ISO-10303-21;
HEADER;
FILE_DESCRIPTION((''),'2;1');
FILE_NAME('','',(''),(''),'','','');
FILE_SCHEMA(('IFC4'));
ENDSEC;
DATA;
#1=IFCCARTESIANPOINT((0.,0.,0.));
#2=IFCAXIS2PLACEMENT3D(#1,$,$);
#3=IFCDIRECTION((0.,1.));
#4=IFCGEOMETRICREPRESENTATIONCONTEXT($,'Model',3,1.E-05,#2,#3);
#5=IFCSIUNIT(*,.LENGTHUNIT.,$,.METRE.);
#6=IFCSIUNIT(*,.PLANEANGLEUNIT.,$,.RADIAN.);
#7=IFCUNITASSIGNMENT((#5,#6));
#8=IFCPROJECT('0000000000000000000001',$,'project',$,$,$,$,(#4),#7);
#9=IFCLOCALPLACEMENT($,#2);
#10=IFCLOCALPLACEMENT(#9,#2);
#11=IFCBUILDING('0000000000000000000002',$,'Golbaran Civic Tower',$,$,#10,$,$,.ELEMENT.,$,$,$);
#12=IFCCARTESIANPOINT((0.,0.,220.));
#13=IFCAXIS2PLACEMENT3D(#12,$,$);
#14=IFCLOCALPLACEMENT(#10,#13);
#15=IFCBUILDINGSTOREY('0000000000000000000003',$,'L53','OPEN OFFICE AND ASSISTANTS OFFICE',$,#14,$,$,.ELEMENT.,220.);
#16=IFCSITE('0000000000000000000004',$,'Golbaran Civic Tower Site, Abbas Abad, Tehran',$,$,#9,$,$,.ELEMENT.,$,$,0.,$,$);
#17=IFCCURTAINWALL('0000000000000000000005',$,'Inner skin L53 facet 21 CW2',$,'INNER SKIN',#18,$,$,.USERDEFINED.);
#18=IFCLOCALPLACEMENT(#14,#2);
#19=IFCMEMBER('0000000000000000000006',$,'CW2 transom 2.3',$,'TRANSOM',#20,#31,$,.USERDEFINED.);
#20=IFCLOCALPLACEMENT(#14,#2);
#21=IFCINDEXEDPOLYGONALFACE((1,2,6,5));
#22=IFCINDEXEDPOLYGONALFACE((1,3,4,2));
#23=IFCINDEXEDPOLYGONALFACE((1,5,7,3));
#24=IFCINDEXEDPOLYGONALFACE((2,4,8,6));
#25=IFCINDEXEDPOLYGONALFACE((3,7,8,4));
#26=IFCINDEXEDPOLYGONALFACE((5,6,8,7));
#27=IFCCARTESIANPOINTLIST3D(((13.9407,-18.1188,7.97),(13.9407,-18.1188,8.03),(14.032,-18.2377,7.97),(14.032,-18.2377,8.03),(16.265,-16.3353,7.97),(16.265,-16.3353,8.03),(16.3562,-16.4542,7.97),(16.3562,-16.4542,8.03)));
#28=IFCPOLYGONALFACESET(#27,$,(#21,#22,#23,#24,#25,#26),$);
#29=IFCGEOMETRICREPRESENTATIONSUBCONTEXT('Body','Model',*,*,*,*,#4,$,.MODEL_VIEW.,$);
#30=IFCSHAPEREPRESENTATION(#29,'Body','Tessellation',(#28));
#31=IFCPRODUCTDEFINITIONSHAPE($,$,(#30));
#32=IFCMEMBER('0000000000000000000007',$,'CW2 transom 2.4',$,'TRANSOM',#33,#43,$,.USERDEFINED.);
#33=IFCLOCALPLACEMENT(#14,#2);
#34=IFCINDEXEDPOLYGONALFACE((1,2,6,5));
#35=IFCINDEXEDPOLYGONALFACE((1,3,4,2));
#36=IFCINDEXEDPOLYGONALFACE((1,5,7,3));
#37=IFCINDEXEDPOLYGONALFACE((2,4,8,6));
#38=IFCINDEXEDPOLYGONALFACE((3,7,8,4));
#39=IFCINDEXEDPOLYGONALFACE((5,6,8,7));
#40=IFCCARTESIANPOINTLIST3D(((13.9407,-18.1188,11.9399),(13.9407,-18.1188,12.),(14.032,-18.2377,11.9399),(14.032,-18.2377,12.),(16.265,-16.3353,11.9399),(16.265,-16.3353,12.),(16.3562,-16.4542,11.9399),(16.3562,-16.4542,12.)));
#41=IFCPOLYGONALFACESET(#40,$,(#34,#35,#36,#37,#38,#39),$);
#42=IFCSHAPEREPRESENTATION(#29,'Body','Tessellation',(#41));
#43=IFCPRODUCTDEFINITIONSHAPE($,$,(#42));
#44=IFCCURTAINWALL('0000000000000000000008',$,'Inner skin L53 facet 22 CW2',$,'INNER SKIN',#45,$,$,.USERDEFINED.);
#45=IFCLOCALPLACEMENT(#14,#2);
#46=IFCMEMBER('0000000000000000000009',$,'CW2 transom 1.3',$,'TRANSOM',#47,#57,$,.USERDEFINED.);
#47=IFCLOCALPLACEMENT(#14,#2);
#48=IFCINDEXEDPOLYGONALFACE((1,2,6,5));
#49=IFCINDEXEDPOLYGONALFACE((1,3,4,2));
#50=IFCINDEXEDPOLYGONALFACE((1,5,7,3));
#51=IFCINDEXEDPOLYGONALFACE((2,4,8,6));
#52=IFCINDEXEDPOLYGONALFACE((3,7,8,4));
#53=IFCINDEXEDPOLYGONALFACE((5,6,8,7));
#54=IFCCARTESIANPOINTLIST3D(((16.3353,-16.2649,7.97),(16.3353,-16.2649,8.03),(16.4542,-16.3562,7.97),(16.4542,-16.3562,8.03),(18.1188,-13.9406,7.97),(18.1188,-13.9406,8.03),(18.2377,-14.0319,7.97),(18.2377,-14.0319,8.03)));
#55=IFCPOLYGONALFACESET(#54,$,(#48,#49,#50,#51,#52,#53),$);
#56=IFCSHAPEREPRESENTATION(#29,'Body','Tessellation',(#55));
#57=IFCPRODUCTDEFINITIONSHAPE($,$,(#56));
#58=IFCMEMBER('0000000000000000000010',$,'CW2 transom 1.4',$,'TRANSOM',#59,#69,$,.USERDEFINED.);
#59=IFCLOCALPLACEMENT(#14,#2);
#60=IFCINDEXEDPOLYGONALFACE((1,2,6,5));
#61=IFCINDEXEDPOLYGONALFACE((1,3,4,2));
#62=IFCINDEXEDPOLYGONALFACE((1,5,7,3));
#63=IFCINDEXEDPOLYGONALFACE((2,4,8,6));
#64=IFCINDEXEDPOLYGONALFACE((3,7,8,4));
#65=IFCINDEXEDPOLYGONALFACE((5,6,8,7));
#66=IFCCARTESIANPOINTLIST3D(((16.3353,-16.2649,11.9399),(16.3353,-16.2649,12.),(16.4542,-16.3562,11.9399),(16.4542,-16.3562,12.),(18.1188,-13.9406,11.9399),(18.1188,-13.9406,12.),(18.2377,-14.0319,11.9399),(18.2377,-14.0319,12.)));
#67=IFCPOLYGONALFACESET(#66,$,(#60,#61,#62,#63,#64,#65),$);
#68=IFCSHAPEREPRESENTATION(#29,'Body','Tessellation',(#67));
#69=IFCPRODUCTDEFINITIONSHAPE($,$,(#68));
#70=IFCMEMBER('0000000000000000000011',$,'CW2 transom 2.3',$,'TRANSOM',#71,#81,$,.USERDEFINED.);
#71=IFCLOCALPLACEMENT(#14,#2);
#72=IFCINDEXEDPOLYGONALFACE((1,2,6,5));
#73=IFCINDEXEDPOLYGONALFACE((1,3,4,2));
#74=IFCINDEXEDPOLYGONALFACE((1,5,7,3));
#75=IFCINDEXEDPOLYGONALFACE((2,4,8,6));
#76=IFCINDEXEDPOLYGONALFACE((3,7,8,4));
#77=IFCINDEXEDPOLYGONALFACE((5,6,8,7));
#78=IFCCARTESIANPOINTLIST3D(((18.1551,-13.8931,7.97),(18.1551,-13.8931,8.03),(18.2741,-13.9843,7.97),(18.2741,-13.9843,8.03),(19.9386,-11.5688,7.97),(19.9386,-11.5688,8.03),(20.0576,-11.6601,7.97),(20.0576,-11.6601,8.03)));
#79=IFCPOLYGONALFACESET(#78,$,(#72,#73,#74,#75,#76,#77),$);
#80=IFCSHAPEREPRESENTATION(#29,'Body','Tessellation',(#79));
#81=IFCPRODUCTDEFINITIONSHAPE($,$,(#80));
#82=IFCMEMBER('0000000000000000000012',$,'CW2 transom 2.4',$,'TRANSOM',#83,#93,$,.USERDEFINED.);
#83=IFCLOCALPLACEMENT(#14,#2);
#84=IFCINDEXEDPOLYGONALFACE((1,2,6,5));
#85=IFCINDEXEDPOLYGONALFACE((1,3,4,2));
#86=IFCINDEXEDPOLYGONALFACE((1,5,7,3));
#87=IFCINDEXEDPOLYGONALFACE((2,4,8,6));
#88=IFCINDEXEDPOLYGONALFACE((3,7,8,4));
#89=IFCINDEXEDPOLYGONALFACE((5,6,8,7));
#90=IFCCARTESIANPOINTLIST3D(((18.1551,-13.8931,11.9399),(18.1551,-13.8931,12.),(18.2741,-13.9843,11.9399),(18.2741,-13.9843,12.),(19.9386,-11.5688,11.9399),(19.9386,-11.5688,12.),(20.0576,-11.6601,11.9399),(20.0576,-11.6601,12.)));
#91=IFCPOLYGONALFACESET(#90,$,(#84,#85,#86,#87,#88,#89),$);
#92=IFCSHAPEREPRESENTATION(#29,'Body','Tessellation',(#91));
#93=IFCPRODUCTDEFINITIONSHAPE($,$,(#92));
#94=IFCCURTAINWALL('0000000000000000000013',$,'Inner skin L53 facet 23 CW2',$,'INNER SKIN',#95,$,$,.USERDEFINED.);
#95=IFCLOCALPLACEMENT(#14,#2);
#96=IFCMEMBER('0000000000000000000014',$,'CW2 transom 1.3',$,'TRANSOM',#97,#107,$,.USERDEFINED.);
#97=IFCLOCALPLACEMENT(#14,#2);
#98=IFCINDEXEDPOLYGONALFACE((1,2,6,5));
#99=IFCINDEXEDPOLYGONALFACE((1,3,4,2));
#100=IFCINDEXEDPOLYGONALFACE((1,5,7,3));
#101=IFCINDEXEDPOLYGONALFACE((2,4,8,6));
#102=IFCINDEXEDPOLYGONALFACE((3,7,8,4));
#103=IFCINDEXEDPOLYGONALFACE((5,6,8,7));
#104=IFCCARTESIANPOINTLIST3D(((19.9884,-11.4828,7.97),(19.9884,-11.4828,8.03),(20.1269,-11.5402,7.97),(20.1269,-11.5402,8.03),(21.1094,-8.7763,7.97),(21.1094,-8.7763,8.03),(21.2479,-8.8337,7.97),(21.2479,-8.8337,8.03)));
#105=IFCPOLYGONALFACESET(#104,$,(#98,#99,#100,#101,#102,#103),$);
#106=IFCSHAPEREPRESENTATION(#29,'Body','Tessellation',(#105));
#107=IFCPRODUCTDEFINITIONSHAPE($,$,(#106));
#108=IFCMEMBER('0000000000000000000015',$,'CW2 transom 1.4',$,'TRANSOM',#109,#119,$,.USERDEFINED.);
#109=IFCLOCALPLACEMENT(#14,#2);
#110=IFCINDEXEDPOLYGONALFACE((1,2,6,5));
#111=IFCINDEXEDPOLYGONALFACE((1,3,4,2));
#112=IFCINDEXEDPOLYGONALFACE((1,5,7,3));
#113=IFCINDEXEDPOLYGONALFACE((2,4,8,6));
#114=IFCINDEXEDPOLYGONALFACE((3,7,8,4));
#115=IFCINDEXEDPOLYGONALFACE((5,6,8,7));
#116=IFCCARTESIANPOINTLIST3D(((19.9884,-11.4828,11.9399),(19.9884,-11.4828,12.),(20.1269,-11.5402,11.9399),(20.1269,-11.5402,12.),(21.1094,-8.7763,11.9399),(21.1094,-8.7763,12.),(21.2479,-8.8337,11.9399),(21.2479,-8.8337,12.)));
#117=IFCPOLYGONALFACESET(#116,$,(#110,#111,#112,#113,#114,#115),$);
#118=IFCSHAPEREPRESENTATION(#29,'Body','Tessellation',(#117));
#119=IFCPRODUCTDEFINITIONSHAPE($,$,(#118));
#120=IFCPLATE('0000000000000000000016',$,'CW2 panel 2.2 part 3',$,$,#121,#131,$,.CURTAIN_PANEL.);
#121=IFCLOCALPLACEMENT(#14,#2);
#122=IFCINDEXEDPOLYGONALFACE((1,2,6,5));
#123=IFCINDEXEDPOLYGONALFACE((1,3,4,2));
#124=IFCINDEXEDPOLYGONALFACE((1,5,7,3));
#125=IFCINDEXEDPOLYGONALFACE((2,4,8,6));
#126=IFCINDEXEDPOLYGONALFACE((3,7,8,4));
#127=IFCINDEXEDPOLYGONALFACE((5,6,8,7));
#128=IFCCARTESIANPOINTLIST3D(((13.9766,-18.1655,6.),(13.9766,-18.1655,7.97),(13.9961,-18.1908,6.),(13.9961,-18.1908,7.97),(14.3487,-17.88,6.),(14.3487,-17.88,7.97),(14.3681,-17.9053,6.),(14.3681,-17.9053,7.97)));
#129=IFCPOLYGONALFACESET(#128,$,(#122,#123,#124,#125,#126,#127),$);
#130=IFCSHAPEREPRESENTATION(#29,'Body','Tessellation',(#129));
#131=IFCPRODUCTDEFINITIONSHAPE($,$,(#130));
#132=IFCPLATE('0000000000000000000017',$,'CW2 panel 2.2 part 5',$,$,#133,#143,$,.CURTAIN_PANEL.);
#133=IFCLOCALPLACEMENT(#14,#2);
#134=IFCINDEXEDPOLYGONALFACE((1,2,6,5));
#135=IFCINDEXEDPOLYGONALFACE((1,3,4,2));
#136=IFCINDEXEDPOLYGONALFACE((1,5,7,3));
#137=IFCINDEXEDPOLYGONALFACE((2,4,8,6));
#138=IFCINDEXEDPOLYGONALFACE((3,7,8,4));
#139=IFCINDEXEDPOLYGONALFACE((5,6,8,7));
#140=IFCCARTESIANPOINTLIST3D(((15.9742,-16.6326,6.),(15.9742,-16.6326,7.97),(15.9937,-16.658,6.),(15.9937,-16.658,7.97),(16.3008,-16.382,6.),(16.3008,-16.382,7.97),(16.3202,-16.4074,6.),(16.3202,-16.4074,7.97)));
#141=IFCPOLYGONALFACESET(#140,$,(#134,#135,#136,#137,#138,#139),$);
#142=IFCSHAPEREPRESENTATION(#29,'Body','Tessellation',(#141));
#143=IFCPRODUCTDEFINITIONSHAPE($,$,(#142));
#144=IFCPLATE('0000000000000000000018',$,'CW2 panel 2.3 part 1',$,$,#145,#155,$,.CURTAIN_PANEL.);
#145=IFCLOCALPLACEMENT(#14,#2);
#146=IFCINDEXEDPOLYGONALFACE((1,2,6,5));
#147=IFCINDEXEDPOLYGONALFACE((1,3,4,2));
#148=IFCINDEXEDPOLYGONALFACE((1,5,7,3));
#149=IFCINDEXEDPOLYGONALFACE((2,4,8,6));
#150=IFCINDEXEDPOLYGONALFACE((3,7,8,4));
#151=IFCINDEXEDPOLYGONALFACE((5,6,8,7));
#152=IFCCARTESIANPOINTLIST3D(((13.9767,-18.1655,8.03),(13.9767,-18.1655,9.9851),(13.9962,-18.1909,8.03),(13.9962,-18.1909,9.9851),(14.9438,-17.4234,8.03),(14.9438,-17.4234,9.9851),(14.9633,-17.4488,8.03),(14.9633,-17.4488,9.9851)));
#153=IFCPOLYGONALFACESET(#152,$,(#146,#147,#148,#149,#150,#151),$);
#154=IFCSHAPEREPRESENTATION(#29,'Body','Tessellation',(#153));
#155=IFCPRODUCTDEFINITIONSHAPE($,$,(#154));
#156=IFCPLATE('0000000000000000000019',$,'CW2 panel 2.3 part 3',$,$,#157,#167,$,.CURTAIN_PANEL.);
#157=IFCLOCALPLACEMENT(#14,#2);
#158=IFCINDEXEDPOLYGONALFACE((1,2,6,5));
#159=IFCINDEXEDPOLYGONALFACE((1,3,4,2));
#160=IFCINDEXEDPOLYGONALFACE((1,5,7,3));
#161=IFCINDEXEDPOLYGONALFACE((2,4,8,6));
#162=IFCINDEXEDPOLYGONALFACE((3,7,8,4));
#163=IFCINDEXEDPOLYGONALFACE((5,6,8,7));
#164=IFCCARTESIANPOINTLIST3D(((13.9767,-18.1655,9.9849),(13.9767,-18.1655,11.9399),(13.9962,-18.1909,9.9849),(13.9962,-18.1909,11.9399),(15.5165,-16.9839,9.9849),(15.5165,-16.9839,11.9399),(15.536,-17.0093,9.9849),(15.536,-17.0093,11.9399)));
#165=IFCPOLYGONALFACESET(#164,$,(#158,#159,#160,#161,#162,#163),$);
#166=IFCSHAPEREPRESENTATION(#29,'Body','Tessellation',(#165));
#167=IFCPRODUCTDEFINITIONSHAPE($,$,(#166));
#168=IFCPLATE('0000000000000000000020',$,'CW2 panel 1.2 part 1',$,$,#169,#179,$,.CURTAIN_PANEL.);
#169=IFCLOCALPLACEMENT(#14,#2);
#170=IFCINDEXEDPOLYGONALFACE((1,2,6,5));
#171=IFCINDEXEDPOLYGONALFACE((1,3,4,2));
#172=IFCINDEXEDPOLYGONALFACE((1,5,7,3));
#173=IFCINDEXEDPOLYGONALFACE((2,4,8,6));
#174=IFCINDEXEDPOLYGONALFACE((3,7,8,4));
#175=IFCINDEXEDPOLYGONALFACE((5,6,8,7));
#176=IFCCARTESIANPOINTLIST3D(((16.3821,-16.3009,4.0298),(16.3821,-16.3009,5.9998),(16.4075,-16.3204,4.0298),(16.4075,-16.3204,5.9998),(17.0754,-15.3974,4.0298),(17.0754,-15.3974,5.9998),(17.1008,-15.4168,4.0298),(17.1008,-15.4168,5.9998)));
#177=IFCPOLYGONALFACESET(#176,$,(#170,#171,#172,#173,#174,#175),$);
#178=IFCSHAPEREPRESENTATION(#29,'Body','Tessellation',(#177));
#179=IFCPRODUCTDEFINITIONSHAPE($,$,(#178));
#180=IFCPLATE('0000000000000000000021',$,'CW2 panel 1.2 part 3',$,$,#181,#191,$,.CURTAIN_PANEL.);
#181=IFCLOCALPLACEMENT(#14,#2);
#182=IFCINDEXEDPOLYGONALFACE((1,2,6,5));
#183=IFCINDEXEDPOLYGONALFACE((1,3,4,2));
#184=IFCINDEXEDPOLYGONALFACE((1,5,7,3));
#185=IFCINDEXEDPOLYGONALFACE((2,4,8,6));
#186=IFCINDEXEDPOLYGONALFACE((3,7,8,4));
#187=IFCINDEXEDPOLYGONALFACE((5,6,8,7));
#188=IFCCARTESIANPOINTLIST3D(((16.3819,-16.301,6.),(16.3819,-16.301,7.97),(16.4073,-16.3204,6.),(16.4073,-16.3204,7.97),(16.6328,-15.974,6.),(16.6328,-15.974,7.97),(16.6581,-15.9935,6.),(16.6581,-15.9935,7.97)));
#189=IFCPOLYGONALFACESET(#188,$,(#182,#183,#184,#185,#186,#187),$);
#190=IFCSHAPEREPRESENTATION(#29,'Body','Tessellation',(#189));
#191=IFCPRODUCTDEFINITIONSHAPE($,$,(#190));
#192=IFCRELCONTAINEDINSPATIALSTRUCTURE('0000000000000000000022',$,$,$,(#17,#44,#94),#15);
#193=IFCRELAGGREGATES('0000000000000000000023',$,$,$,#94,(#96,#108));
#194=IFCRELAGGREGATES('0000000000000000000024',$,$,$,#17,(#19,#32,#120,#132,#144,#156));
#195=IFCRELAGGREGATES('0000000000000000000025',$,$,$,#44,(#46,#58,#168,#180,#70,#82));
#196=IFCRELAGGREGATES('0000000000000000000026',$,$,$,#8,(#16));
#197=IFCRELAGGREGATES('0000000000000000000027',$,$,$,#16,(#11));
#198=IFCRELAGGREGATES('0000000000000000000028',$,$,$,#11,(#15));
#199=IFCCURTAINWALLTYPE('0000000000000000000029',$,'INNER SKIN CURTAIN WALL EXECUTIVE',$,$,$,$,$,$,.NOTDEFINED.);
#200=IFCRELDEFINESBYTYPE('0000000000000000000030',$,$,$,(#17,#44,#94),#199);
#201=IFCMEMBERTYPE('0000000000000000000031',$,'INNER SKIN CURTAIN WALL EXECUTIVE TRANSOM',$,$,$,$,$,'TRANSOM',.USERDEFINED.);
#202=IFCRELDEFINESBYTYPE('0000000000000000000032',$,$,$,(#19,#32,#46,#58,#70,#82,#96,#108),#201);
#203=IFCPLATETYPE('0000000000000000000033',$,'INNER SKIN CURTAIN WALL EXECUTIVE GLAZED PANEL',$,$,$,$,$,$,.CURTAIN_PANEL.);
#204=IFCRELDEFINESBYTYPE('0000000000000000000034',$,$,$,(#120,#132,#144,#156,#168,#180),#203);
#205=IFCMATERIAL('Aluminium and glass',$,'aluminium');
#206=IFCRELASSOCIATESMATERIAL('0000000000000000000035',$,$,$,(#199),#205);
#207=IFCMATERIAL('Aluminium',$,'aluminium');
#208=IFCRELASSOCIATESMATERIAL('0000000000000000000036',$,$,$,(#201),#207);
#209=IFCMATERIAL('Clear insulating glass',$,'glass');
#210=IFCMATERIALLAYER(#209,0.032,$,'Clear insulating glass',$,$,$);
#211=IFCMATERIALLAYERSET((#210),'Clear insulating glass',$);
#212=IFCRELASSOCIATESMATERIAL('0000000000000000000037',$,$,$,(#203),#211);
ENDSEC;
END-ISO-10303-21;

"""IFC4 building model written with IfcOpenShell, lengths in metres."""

from ifc_helpers import new_model, si_unit, direction, frame, origin, origin_2d, place, context, subcontext, project, spatial, rectangle, extrude, material, layer, layer_set, material_profile, profile_set, type_object, element, aggregate, save


model = new_model("IFC4")

# Units and contexts
model_context = context("Model", 3, precision=1e-05, world=origin(), true_north=direction((0.0, 1.0)))
body_context = subcontext(model_context, "Body", "Model", "MODEL_VIEW")
ifc_project = project(units=[si_unit("LENGTHUNIT", "METRE"), si_unit("PLANEANGLEUNIT", "RADIAN")], contexts=[model_context])

# Site, building, storey
site_placement = place(None, origin())
site = spatial("IfcSite", under=ifc_project, at=site_placement, Name="Golbaran Civic Tower Site, Abbas Abad, Tehran", CompositionType="ELEMENT", RefElevation=0.0)
building_placement = place(site_placement, origin())
building = spatial("IfcBuilding", under=site, at=building_placement, Name="Golbaran Civic Tower", CompositionType="ELEMENT")
storey_placement = place(building_placement, frame((0.0, 0.0, 220.0)))
storey = spatial("IfcBuildingStorey", under=building, at=storey_placement, Name="L53", Description="OPEN OFFICE AND ASSISTANTS OFFICE", CompositionType="ELEMENT", Elevation=220.0)

# Curtain walls, members
ifc_material_1 = material(Name="Aluminium and glass", Category="aluminium")
curtain_wall_type = type_object("IfcCurtainWallType", Name="INNER SKIN CURTAIN WALL EXECUTIVE", PredefinedType="NOTDEFINED", material=ifc_material_1)
curtain_wall_1_placement = place(storey_placement, origin())
curtain_wall_1 = element("IfcCurtainWall", 1, at=curtain_wall_1_placement, inside=storey, type_object=curtain_wall_type, Name="Inner skin L53 facet 21 CW2", ObjectType="INNER SKIN", PredefinedType="USERDEFINED")
ifc_material_2 = material(Name="Aluminium", Category="aluminium")
ifc_material_profile = material_profile(ifc_material_2, rectangle(XDim=0.1499, YDim=0.0601, at=origin_2d()), Name="INNER SKIN CURTAIN WALL EXECUTIVE TRANSOM")
ifc_profile_set = profile_set([ifc_material_profile], Name="Aluminium")
member_type = type_object("IfcMemberType", Name="INNER SKIN CURTAIN WALL EXECUTIVE TRANSOM", ElementType="TRANSOM", PredefinedType="USERDEFINED", material=ifc_profile_set)
member_1_placement = place(storey_placement, frame((13.9863, -18.1782, 8.0), z_axis=(0.793351, 0.608764, 0.0), x_axis=(-0.608764, 0.793351, 0.0)))
member_1 = element("IfcMember", 2, at=member_1_placement, type_object=member_type, Name="CW2 transom 2.3", ObjectType="TRANSOM", PredefinedType="USERDEFINED", context=body_context, shape_type="SweptSolid", body=[
    extrude(rectangle(XDim=0.1499, YDim=0.0601, at=origin_2d()), origin(), (0.0, 0.0, 1.0), 2.9297),
])
member_2_placement = place(storey_placement, frame((13.9863, -18.1782, 11.97), z_axis=(0.793351, 0.608764, 0.0), x_axis=(-0.608764, 0.793351, 0.0)))
member_2 = element("IfcMember", 3, at=member_2_placement, type_object=member_type, Name="CW2 transom 2.4", ObjectType="TRANSOM", PredefinedType="USERDEFINED", context=body_context, shape_type="SweptSolid", body=[
    extrude(rectangle(XDim=0.1499, YDim=0.0601, at=origin_2d()), origin(), (0.0, 0.0, 1.0), 2.9297),
])
curtain_wall_2_placement = place(storey_placement, origin())
curtain_wall_2 = element("IfcCurtainWall", 4, at=curtain_wall_2_placement, inside=storey, type_object=curtain_wall_type, Name="Inner skin L53 facet 22 CW2", ObjectType="INNER SKIN", PredefinedType="USERDEFINED")
member_3_placement = place(storey_placement, frame((16.3948, -16.3105, 8.0), z_axis=(0.608764, 0.793351, 0.0), x_axis=(-0.793351, 0.608764, 0.0)))
member_3 = element("IfcMember", 5, at=member_3_placement, type_object=member_type, Name="CW2 transom 1.3", ObjectType="TRANSOM", PredefinedType="USERDEFINED", context=body_context, shape_type="SweptSolid", body=[
    extrude(rectangle(XDim=0.1499, YDim=0.0601, at=origin_2d()), origin(), (0.0, 0.0, 1.0), 2.9297),
])
member_4_placement = place(storey_placement, frame((16.3948, -16.3105, 11.97), z_axis=(0.608764, 0.793351, 0.0), x_axis=(-0.793351, 0.608764, 0.0)))
member_4 = element("IfcMember", 6, at=member_4_placement, type_object=member_type, Name="CW2 transom 1.4", ObjectType="TRANSOM", PredefinedType="USERDEFINED", context=body_context, shape_type="SweptSolid", body=[
    extrude(rectangle(XDim=0.1499, YDim=0.0601, at=origin_2d()), origin(), (0.0, 0.0, 1.0), 2.9297),
])
member_5_placement = place(storey_placement, frame((18.2146, -13.9387, 8.0), z_axis=(0.608764, 0.793351, 0.0), x_axis=(-0.793351, 0.608764, 0.0)))
member_5 = element("IfcMember", 7, at=member_5_placement, type_object=member_type, Name="CW2 transom 2.3", ObjectType="TRANSOM", PredefinedType="USERDEFINED", context=body_context, shape_type="SweptSolid", body=[
    extrude(rectangle(XDim=0.1499, YDim=0.0601, at=origin_2d()), origin(), (0.0, 0.0, 1.0), 2.9297),
])
member_6_placement = place(storey_placement, frame((18.2146, -13.9387, 11.97), z_axis=(0.608764, 0.793351, 0.0), x_axis=(-0.793351, 0.608764, 0.0)))
member_6 = element("IfcMember", 8, at=member_6_placement, type_object=member_type, Name="CW2 transom 2.4", ObjectType="TRANSOM", PredefinedType="USERDEFINED", context=body_context, shape_type="SweptSolid", body=[
    extrude(rectangle(XDim=0.1499, YDim=0.0601, at=origin_2d()), origin(), (0.0, 0.0, 1.0), 2.9297),
])
curtain_wall_3_placement = place(storey_placement, origin())
curtain_wall_3 = element("IfcCurtainWall", 9, at=curtain_wall_3_placement, inside=storey, type_object=curtain_wall_type, Name="Inner skin L53 facet 23 CW2", ObjectType="INNER SKIN", PredefinedType="USERDEFINED")
member_7_placement = place(storey_placement, frame((20.0576, -11.5115, 8.0), z_axis=(0.382685, 0.923879, 0.0), x_axis=(-0.923879, 0.382685, 0.0)))
member_7 = element("IfcMember", 10, at=member_7_placement, type_object=member_type, Name="CW2 transom 1.3", ObjectType="TRANSOM", PredefinedType="USERDEFINED", context=body_context, shape_type="SweptSolid", body=[
    extrude(rectangle(XDim=0.1499, YDim=0.0601, at=origin_2d()), origin(), (0.0, 0.0, 1.0), 2.9294),
])
member_8_placement = place(storey_placement, frame((20.0576, -11.5115, 11.97), z_axis=(0.382685, 0.923879, 0.0), x_axis=(-0.923879, 0.382685, 0.0)))
member_8 = element("IfcMember", 11, at=member_8_placement, type_object=member_type, Name="CW2 transom 1.4", ObjectType="TRANSOM", PredefinedType="USERDEFINED", context=body_context, shape_type="SweptSolid", body=[
    extrude(rectangle(XDim=0.1499, YDim=0.0601, at=origin_2d()), origin(), (0.0, 0.0, 1.0), 2.9294),
])

# Plates
ifc_material_3 = material(Name="Clear insulating glass", Category="glass")
ifc_layer_1 = layer(ifc_material_3, 0.032, Name="Clear insulating glass")
ifc_layer_set_1 = layer_set([ifc_layer_1], Name="Clear insulating glass")
plate_type_1 = type_object("IfcPlateType", Name="INNER SKIN CURTAIN WALL EXECUTIVE GLAZED PANEL", PredefinedType="CURTAIN_PANEL", material=ifc_layer_set_1)
plate_1_placement = place(storey_placement, frame((14.1724, -18.0354, 6.0), z_axis=(0.0, 0.0, 1.0), x_axis=(0.793353, 0.608761, 0.0)))
plate_1 = element("IfcPlate", 12, at=plate_1_placement, type_object=plate_type_1, Name="CW2 panel 2.2 part 3", PredefinedType="CURTAIN_PANEL", context=body_context, shape_type="SweptSolid", body=[
    extrude(rectangle(XDim=0.469, YDim=0.032, at=origin_2d()), origin(), (0.0, 0.0, 1.0), 1.97),
])
plate_2_placement = place(storey_placement, frame((16.1472, -16.52, 6.0), z_axis=(0.0, 0.0, 1.0), x_axis=(0.793353, 0.608761, 0.0)))
plate_2 = element("IfcPlate", 13, at=plate_2_placement, type_object=plate_type_1, Name="CW2 panel 2.2 part 5", PredefinedType="CURTAIN_PANEL", context=body_context, shape_type="SweptSolid", body=[
    extrude(rectangle(XDim=0.4116, YDim=0.032, at=origin_2d()), origin(), (0.0, 0.0, 1.0), 1.97),
])
plate_3_placement = place(storey_placement, frame((14.47, -17.8071, 8.03), z_axis=(0.0, 0.0, 1.0), x_axis=(0.793353, 0.608761, 0.0)))
plate_3 = element("IfcPlate", 14, at=plate_3_placement, type_object=plate_type_1, Name="CW2 panel 2.3 part 1", PredefinedType="CURTAIN_PANEL", context=body_context, shape_type="SweptSolid", body=[
    extrude(rectangle(XDim=1.219, YDim=0.032, at=origin_2d()), origin(), (0.0, 0.0, 1.0), 1.9551),
])
plate_4_placement = place(storey_placement, frame((14.7563, -17.5874, 9.9849), z_axis=(0.0, 0.0, 1.0), x_axis=(0.793353, 0.608761, 0.0)))
plate_4 = element("IfcPlate", 15, at=plate_4_placement, type_object=plate_type_1, Name="CW2 panel 2.3 part 3", PredefinedType="CURTAIN_PANEL", context=body_context, shape_type="SweptSolid", body=[
    extrude(rectangle(XDim=1.9409, YDim=0.032, at=origin_2d()), origin(), (0.0, 0.0, 1.0), 1.9551),
])
plate_5_placement = place(storey_placement, frame((16.7415, -15.8589, 4.0298), z_axis=(0.0, 0.0, 1.0), x_axis=(0.608761, 0.793353, 0.0)))
plate_5 = element("IfcPlate", 16, at=plate_5_placement, type_object=plate_type_1, Name="CW2 panel 1.2 part 1", PredefinedType="CURTAIN_PANEL", context=body_context, shape_type="SweptSolid", body=[
    extrude(rectangle(XDim=1.1389, YDim=0.032, at=origin_2d()), origin(), (0.0, 0.0, 1.0), 1.97),
])
plate_6_placement = place(storey_placement, frame((16.52, -16.1472, 6.0), z_axis=(0.0, 0.0, 1.0), x_axis=(0.608761, 0.793353, 0.0)))
plate_6 = element("IfcPlate", 17, at=plate_6_placement, type_object=plate_type_1, Name="CW2 panel 1.2 part 3", PredefinedType="CURTAIN_PANEL", context=body_context, shape_type="SweptSolid", body=[
    extrude(rectangle(XDim=0.4121, YDim=0.032, at=origin_2d()), origin(), (0.0, 0.0, 1.0), 1.97),
])
aggregate(curtain_wall_3, [member_7, member_8])
aggregate(curtain_wall_1, [member_1, member_2, plate_1, plate_2, plate_3, plate_4])
aggregate(curtain_wall_2, [member_3, member_4, plate_5, plate_6, member_5, member_6])

save(model, "model.ifc")
